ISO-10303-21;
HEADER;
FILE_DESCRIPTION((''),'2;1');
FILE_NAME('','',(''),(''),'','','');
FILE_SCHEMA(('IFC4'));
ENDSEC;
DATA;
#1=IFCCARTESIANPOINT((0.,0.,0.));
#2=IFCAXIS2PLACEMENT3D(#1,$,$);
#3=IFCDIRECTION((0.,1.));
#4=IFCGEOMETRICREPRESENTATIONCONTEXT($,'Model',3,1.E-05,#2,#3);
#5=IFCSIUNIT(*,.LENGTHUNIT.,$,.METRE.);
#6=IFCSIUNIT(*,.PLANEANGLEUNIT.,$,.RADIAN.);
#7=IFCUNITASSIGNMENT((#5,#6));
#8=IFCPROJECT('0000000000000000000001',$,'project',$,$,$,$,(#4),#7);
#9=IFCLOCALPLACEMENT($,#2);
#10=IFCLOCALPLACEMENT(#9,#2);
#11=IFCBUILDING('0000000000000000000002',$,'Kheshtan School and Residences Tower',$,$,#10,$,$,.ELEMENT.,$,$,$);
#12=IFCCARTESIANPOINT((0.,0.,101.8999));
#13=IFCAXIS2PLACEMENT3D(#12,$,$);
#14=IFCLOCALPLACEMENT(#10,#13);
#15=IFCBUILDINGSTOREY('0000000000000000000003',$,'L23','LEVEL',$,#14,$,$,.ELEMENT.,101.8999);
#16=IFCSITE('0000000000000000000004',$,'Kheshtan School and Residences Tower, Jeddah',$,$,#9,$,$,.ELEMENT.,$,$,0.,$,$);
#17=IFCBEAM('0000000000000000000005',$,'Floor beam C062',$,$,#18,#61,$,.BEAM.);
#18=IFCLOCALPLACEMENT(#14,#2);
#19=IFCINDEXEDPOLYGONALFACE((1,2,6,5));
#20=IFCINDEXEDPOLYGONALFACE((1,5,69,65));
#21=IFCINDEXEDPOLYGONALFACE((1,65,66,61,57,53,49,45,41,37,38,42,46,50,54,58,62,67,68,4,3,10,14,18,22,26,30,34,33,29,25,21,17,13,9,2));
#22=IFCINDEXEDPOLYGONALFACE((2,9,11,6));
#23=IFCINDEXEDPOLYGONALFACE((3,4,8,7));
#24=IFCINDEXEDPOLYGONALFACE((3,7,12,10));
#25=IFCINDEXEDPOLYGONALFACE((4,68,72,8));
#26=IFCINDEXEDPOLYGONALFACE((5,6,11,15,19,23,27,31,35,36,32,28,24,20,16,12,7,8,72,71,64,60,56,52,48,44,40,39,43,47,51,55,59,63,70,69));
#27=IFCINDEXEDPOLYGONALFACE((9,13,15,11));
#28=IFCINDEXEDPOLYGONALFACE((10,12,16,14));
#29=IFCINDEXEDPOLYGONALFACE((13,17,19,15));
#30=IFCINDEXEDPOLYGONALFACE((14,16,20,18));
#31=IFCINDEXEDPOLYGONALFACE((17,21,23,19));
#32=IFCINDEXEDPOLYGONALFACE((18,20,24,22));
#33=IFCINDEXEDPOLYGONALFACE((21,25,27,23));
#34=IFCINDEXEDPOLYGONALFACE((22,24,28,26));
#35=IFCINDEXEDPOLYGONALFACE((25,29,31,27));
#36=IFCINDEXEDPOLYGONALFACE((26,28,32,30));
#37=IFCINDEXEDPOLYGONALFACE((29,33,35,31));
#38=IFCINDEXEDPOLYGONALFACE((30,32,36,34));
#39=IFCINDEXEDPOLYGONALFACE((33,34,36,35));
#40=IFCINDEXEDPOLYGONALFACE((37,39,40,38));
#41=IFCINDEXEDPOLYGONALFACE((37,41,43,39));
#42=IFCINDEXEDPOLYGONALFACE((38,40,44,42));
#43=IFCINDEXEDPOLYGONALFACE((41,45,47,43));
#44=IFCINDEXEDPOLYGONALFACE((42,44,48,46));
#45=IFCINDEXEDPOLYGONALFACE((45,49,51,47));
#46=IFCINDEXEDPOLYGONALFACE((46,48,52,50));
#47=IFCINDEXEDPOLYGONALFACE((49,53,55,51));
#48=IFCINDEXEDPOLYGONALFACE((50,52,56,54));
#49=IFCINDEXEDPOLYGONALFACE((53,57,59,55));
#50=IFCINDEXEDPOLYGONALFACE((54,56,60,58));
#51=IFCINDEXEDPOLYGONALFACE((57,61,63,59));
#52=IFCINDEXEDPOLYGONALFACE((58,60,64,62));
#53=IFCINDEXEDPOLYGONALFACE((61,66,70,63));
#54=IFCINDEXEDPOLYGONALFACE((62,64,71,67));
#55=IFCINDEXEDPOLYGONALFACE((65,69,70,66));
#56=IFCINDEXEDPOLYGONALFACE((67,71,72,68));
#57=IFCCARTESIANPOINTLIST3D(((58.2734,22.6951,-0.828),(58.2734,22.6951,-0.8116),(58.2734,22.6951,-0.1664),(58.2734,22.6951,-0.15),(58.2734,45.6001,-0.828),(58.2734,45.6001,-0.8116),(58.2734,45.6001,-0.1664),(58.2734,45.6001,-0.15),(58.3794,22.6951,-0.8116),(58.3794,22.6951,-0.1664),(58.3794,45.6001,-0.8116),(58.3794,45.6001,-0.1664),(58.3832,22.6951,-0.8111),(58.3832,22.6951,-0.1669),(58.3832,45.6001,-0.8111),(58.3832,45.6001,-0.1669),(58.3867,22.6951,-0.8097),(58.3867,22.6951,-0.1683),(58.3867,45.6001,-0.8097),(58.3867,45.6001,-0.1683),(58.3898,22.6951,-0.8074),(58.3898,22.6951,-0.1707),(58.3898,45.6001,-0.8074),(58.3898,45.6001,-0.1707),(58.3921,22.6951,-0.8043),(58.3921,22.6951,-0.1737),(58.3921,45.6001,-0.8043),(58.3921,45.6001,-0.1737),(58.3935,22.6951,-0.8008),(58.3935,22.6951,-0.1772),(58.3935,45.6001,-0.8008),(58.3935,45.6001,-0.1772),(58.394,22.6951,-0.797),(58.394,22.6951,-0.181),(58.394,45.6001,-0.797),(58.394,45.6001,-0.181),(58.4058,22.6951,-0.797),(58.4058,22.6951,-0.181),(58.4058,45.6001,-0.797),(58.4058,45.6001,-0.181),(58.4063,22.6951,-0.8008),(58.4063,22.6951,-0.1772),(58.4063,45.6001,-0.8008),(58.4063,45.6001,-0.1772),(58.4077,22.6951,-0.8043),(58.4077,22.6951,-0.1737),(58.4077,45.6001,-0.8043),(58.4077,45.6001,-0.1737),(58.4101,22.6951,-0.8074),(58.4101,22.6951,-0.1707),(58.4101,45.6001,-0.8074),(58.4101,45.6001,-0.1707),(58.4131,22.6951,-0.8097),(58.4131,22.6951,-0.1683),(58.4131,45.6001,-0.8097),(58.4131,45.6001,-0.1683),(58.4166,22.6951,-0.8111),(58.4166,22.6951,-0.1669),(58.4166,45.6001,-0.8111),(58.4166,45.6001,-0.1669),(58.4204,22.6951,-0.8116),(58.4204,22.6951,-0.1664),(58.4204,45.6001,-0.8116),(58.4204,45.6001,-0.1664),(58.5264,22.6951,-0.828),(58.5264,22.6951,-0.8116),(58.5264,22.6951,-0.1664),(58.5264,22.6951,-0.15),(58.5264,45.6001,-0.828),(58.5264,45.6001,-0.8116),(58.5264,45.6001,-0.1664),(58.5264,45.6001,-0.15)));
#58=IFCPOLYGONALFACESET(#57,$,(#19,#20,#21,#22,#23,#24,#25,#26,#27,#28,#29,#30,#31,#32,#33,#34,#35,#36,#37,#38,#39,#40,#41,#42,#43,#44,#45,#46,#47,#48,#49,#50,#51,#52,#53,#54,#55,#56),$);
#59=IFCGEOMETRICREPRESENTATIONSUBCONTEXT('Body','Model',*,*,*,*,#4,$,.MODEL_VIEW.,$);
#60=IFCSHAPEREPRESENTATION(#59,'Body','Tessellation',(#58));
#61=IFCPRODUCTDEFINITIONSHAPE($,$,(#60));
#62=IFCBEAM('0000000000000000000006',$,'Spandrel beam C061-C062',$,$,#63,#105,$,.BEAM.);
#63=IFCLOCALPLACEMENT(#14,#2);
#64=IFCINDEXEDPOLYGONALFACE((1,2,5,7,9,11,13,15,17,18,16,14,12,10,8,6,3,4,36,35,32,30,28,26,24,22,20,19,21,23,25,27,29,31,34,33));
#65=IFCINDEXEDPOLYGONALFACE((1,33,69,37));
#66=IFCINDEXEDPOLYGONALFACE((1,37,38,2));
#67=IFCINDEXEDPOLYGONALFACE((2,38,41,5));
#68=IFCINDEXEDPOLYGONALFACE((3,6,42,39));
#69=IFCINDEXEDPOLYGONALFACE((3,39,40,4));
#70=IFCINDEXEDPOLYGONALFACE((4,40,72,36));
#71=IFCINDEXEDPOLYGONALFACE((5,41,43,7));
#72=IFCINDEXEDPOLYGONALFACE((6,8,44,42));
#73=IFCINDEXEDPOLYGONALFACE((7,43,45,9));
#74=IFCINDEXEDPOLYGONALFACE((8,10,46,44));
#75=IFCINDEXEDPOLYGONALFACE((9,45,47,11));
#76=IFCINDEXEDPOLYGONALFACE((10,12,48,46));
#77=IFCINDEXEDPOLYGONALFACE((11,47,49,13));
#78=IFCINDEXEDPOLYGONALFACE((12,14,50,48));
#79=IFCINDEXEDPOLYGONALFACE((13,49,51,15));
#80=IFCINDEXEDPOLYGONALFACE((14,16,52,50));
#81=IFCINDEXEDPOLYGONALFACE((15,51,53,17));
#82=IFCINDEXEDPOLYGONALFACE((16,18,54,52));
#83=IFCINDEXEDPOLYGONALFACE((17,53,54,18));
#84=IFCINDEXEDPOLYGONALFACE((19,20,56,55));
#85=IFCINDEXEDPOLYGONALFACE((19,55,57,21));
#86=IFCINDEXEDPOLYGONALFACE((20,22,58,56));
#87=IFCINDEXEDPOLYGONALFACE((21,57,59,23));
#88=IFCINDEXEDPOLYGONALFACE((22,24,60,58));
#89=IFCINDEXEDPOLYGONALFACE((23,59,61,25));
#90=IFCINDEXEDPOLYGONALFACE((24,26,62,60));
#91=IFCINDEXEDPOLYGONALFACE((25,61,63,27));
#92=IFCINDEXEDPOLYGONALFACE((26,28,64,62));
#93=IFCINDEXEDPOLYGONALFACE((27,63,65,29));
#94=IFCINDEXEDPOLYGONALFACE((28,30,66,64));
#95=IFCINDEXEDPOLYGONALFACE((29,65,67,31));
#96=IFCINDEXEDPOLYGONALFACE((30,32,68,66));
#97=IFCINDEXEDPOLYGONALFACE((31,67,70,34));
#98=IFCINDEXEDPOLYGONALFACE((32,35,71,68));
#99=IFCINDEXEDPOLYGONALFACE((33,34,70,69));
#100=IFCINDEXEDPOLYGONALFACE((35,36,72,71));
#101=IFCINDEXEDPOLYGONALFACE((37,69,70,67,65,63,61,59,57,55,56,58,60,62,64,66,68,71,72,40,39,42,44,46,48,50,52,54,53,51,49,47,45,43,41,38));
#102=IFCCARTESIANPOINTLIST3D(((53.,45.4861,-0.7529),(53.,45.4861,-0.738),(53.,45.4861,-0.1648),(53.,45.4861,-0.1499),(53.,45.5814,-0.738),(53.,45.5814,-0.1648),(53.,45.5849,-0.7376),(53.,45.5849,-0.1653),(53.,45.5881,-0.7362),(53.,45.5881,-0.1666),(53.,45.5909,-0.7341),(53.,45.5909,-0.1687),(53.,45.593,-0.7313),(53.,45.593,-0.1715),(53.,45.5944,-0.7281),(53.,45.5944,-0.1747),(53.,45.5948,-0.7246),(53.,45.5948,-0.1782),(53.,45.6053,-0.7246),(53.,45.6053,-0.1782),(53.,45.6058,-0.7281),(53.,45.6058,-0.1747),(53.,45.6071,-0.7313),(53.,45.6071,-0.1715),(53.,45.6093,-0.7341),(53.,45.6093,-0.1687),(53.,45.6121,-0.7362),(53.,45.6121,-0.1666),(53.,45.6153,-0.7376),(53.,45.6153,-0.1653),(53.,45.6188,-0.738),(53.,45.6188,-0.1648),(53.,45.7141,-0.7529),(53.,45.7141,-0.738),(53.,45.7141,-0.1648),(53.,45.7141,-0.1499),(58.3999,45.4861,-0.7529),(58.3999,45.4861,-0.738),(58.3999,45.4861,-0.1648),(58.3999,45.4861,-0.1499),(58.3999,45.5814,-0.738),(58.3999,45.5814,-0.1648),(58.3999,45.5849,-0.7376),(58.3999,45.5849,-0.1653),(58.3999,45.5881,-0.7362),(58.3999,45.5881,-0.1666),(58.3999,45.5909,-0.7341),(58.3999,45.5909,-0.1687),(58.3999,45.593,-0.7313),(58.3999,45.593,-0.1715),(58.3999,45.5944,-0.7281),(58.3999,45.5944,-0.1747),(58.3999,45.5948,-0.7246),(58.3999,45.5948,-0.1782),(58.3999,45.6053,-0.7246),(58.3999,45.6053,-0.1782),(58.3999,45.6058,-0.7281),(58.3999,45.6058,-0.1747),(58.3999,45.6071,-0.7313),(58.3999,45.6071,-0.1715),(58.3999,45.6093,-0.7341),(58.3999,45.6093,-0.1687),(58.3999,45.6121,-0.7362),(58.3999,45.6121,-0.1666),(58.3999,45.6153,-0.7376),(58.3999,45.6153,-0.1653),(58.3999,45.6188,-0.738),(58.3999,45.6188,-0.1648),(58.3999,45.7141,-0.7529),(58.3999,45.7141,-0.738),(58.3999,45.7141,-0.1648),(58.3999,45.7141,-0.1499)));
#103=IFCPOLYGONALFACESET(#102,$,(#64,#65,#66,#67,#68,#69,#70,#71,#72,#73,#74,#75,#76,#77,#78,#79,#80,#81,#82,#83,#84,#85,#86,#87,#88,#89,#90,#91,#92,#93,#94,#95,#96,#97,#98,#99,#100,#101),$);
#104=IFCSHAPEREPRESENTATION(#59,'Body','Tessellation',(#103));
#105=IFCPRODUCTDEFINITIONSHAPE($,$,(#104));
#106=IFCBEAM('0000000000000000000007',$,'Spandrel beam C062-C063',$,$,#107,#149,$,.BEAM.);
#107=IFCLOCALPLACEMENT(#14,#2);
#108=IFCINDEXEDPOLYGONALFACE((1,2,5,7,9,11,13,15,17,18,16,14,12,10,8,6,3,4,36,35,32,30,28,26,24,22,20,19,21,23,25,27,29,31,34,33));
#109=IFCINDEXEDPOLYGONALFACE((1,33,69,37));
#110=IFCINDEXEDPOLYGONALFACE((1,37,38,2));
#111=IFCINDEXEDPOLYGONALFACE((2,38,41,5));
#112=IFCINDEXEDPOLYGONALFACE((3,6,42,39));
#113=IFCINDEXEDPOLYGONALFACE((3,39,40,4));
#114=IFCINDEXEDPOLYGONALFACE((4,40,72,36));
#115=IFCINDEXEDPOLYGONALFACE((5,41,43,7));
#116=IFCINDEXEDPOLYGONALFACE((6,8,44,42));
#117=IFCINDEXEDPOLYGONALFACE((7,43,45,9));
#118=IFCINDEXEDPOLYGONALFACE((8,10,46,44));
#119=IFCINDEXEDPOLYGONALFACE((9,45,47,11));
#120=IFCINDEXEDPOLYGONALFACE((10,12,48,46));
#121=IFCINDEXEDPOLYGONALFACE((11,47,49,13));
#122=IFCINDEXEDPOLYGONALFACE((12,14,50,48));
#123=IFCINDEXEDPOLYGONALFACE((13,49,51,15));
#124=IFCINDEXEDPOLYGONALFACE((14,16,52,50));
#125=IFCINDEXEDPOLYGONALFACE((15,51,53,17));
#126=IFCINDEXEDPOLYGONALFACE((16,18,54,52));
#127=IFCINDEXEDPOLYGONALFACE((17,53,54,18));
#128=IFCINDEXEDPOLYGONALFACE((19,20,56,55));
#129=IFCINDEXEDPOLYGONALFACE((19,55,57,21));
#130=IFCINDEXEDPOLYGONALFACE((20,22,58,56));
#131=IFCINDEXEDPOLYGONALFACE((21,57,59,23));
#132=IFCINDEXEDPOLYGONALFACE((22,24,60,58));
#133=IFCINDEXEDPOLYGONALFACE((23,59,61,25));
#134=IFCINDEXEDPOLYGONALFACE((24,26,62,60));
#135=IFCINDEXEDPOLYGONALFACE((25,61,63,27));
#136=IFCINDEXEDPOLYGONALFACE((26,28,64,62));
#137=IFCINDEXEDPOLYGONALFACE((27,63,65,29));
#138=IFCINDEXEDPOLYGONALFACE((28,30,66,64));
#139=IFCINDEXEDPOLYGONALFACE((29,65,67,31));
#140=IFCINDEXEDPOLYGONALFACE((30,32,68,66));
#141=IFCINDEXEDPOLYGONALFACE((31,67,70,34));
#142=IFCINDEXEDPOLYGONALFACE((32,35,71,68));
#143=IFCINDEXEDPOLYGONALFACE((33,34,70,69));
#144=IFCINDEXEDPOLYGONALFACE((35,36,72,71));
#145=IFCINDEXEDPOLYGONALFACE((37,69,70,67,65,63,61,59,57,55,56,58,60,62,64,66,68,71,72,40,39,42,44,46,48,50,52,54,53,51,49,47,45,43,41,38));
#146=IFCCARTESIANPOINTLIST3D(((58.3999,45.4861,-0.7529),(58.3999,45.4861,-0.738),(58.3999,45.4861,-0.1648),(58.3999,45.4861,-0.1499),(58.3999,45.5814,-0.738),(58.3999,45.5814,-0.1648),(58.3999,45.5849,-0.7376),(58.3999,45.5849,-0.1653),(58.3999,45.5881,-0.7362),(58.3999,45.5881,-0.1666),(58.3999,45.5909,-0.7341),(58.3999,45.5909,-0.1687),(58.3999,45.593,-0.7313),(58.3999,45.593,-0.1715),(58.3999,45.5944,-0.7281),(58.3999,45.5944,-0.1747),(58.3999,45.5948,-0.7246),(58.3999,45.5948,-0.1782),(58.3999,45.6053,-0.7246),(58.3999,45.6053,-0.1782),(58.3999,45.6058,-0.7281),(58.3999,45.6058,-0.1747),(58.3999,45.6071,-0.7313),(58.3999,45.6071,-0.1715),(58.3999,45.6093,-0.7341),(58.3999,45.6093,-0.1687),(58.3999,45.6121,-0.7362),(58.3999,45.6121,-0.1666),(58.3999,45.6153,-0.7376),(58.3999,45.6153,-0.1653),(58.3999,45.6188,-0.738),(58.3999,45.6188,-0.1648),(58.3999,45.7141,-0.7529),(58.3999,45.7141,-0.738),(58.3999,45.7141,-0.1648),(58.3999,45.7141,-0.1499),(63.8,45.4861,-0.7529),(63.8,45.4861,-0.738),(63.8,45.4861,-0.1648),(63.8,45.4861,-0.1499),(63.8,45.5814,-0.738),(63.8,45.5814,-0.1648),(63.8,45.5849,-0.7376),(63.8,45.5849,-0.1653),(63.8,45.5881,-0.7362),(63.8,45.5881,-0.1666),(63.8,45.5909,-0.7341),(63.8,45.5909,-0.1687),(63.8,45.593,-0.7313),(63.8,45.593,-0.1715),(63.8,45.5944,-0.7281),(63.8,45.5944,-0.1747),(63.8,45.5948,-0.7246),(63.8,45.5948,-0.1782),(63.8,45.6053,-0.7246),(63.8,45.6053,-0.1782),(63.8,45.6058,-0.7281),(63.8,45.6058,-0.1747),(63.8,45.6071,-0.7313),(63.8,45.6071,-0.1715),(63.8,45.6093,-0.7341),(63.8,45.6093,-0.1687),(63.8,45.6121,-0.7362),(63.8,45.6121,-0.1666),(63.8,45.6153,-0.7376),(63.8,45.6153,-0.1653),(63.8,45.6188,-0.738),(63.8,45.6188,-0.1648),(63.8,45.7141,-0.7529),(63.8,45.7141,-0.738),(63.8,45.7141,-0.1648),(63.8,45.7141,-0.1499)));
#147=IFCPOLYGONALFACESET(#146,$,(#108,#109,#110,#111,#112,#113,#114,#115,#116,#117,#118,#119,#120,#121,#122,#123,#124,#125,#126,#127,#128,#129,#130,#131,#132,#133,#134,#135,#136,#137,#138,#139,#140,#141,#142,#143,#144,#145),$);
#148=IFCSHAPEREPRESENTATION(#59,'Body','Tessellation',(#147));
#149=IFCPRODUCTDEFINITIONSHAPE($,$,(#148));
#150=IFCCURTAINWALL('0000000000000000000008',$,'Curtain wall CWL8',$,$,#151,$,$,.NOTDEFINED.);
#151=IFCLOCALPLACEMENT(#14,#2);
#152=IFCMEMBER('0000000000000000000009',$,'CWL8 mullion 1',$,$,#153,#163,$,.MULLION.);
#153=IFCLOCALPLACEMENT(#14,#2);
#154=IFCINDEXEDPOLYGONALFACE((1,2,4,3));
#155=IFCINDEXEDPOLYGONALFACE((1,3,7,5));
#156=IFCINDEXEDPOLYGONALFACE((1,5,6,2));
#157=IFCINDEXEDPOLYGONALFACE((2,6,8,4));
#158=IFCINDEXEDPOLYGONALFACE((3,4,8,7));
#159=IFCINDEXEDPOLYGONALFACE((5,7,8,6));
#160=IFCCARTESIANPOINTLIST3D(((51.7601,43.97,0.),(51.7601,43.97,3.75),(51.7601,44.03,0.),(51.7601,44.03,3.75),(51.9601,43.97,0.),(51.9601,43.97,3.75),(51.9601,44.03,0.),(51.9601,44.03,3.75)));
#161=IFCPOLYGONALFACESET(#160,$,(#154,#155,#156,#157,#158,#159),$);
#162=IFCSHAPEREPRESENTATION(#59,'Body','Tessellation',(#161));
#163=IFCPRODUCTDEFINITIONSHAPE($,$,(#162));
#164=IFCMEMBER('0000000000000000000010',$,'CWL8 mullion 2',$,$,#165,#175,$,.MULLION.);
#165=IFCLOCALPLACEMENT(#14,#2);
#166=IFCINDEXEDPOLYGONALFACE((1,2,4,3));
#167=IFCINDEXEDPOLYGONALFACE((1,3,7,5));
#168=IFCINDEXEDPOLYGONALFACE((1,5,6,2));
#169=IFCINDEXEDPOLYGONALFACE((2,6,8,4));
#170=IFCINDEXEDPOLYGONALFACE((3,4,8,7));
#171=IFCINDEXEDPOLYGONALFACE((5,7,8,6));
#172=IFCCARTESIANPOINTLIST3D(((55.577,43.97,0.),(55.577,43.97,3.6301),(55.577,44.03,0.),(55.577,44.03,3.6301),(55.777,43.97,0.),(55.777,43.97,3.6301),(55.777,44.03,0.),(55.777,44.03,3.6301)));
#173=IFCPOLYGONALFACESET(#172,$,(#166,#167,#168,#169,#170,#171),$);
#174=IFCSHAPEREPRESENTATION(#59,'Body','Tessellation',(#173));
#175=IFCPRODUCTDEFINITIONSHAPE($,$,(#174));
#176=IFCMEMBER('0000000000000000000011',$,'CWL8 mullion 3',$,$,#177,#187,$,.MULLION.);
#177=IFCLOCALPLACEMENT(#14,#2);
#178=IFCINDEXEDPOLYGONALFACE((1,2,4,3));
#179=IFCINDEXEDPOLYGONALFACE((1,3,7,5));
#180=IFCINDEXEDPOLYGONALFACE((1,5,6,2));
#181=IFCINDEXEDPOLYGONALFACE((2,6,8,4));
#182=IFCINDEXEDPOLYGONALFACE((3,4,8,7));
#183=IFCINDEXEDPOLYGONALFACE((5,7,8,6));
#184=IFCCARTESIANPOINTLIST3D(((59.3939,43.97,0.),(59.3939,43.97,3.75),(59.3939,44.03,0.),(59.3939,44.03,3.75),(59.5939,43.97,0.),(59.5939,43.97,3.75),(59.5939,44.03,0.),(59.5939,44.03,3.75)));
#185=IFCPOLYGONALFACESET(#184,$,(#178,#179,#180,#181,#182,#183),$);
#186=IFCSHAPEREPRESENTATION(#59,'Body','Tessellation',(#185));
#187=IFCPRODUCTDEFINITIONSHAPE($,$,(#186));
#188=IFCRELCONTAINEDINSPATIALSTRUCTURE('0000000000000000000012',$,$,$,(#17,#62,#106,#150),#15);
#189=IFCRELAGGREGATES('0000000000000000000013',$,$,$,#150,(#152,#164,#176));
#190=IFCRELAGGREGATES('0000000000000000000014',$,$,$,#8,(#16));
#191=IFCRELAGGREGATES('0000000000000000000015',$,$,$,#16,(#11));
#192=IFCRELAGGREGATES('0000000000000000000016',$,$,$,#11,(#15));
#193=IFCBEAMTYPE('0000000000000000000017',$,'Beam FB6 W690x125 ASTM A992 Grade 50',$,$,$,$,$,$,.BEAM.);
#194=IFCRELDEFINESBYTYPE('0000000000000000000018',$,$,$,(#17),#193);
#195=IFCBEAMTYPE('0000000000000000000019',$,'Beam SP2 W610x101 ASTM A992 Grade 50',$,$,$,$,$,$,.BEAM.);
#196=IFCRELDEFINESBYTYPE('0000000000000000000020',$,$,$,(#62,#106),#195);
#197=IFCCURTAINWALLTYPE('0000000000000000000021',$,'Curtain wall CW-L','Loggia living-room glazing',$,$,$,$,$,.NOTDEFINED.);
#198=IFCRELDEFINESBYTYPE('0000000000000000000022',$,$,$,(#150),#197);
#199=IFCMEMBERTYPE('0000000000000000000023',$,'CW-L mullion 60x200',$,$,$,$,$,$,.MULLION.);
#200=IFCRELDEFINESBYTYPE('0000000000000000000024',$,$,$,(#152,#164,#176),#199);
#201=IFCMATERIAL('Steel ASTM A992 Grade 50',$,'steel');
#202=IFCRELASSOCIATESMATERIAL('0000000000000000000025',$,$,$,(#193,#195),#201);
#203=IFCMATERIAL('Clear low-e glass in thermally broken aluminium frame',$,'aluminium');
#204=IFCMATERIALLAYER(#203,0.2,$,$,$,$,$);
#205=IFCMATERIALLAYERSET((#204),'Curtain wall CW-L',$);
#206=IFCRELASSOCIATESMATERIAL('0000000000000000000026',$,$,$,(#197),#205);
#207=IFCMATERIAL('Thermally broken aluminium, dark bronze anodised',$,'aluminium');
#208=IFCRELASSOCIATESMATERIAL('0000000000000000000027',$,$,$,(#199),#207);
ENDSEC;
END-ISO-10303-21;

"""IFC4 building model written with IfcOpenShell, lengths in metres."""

from ifc_helpers import new_model, si_unit, direction, frame, origin, origin_2d, place, context, subcontext, project, spatial, rectangle, i_section, extrude, material, layer, layer_set, material_profile, profile_set, type_object, element, aggregate, save


model = new_model("IFC4")

# Units and contexts
model_context = context("Model", 3, precision=1e-05, world=origin(), true_north=direction((0.0, 1.0)))
body_context = subcontext(model_context, "Body", "Model", "MODEL_VIEW")
ifc_project = project(units=[si_unit("LENGTHUNIT", "METRE"), si_unit("PLANEANGLEUNIT", "RADIAN")], contexts=[model_context])

# Site, building, storey
site_placement = place(None, origin())
site = spatial("IfcSite", under=ifc_project, at=site_placement, Name="Kheshtan School and Residences Tower, Jeddah", CompositionType="ELEMENT", RefElevation=0.0)
building_placement = place(site_placement, origin())
building = spatial("IfcBuilding", under=site, at=building_placement, Name="Kheshtan School and Residences Tower", CompositionType="ELEMENT")
storey_placement = place(building_placement, frame((0.0, 0.0, 101.8999)))
storey = spatial("IfcBuildingStorey", under=building, at=storey_placement, Name="L23", Description="LEVEL", CompositionType="ELEMENT", Elevation=101.8999)

# Shared definitions
ifc_material_1 = material(Name="Steel ASTM A992 Grade 50", Category="steel")

# Beams
ifc_material_profile_1 = material_profile(ifc_material_1, i_section(OverallWidth=0.2529, OverallDepth=0.678, WebThickness=0.0117, FlangeThickness=0.0164, FilletRadius=0.0146, at=origin_2d()), Name="W690x125")
ifc_profile_set_1 = profile_set([ifc_material_profile_1], Name="Steel ASTM A992 Grade 50")
beam_type_1 = type_object("IfcBeamType", Name="Beam FB6 W690x125 ASTM A992 Grade 50", PredefinedType="BEAM", material=ifc_profile_set_1)
beam_1_placement = place(storey_placement, frame((58.3999, 45.6001, -0.489), z_axis=(0.0, -1.0, 0.0), x_axis=(1.0, 0.0, 0.0)))
element("IfcBeam", 1, at=beam_1_placement, inside=storey, type_object=beam_type_1, Name="Floor beam C062", PredefinedType="BEAM", context=body_context, shape_type="SweptSolid", body=[
    extrude(i_section(OverallWidth=0.2529, OverallDepth=0.678, WebThickness=0.0117, FlangeThickness=0.0164, FilletRadius=0.0146, at=origin_2d()), origin(), (0.0, 0.0, 1.0), 22.905),
])
ifc_material_profile_2 = material_profile(ifc_material_1, i_section(OverallWidth=0.228, OverallDepth=0.603, WebThickness=0.0105, FlangeThickness=0.0149, FilletRadius=0.0134, at=origin_2d()), Name="W610x101")
ifc_profile_set_2 = profile_set([ifc_material_profile_2], Name="Steel ASTM A992 Grade 50")
beam_type_2 = type_object("IfcBeamType", Name="Beam SP2 W610x101 ASTM A992 Grade 50", PredefinedType="BEAM", material=ifc_profile_set_2)
beam_2_placement = place(storey_placement, frame((53.0, 45.6001, -0.4514), z_axis=(1.0, 0.0, 0.0), x_axis=(0.0, 1.0, 0.0)))
element("IfcBeam", 2, at=beam_2_placement, inside=storey, type_object=beam_type_2, Name="Spandrel beam C061-C062", PredefinedType="BEAM", context=body_context, shape_type="SweptSolid", body=[
    extrude(i_section(OverallWidth=0.228, OverallDepth=0.603, WebThickness=0.0105, FlangeThickness=0.0149, FilletRadius=0.0134, at=origin_2d()), origin(), (0.0, 0.0, 1.0), 5.3999),
])
beam_3_placement = place(storey_placement, frame((58.3999, 45.6001, -0.4514), z_axis=(1.0, 0.0, 0.0), x_axis=(0.0, 1.0, 0.0)))
element("IfcBeam", 3, at=beam_3_placement, inside=storey, type_object=beam_type_2, Name="Spandrel beam C062-C063", PredefinedType="BEAM", context=body_context, shape_type="SweptSolid", body=[
    extrude(i_section(OverallWidth=0.228, OverallDepth=0.603, WebThickness=0.0105, FlangeThickness=0.0149, FilletRadius=0.0134, at=origin_2d()), origin(), (0.0, 0.0, 1.0), 5.4001),
])

# Curtain wall, members
ifc_material_2 = material(Name="Clear low-e glass in thermally broken aluminium frame", Category="aluminium")
ifc_layer_1 = layer(ifc_material_2, 0.2)
ifc_layer_set_1 = layer_set([ifc_layer_1], Name="Curtain wall CW-L")
curtain_wall_type = type_object("IfcCurtainWallType", Name="Curtain wall CW-L", Description="Loggia living-room glazing", PredefinedType="NOTDEFINED", material=ifc_layer_set_1)
curtain_wall_1_placement = place(storey_placement, origin())
curtain_wall_1 = element("IfcCurtainWall", 4, at=curtain_wall_1_placement, inside=storey, type_object=curtain_wall_type, Name="Curtain wall CWL8", PredefinedType="NOTDEFINED")
ifc_material_3 = material(Name="Thermally broken aluminium, dark bronze anodised", Category="aluminium")
ifc_material_profile_3 = material_profile(ifc_material_3, rectangle(XDim=0.0601, YDim=0.2, at=origin_2d()), Name="CW-L mullion 60x200")
ifc_profile_set_3 = profile_set([ifc_material_profile_3], Name="Thermally broken aluminium, dark bronze anodised")
member_type_1 = type_object("IfcMemberType", Name="CW-L mullion 60x200", PredefinedType="MULLION", material=ifc_profile_set_3)
member_1_placement = place(storey_placement, frame((51.8601, 44.0, 0.0), z_axis=(0.0, 0.0, 1.0), x_axis=(0.0, 1.0, 0.0)))
member_1 = element("IfcMember", 5, at=member_1_placement, type_object=member_type_1, Name="CWL8 mullion 1", PredefinedType="MULLION", context=body_context, shape_type="SweptSolid", body=[
    extrude(rectangle(XDim=0.0601, YDim=0.2, at=origin_2d()), origin(), (0.0, 0.0, 1.0), 3.75),
])
member_2_placement = place(storey_placement, frame((55.677, 44.0, 0.0), z_axis=(0.0, 0.0, 1.0), x_axis=(0.0, 1.0, 0.0)))
member_2 = element("IfcMember", 6, at=member_2_placement, type_object=member_type_1, Name="CWL8 mullion 2", PredefinedType="MULLION", context=body_context, shape_type="SweptSolid", body=[
    extrude(rectangle(XDim=0.0601, YDim=0.2, at=origin_2d()), origin(), (0.0, 0.0, 1.0), 3.6301),
])
member_3_placement = place(storey_placement, frame((59.4939, 44.0, 0.0), z_axis=(0.0, 0.0, 1.0), x_axis=(0.0, 1.0, 0.0)))
member_3 = element("IfcMember", 7, at=member_3_placement, type_object=member_type_1, Name="CWL8 mullion 3", PredefinedType="MULLION", context=body_context, shape_type="SweptSolid", body=[
    extrude(rectangle(XDim=0.0601, YDim=0.2, at=origin_2d()), origin(), (0.0, 0.0, 1.0), 3.75),
])

aggregate(curtain_wall_1, [member_1, member_2, member_3])

save(model, "model.ifc")
